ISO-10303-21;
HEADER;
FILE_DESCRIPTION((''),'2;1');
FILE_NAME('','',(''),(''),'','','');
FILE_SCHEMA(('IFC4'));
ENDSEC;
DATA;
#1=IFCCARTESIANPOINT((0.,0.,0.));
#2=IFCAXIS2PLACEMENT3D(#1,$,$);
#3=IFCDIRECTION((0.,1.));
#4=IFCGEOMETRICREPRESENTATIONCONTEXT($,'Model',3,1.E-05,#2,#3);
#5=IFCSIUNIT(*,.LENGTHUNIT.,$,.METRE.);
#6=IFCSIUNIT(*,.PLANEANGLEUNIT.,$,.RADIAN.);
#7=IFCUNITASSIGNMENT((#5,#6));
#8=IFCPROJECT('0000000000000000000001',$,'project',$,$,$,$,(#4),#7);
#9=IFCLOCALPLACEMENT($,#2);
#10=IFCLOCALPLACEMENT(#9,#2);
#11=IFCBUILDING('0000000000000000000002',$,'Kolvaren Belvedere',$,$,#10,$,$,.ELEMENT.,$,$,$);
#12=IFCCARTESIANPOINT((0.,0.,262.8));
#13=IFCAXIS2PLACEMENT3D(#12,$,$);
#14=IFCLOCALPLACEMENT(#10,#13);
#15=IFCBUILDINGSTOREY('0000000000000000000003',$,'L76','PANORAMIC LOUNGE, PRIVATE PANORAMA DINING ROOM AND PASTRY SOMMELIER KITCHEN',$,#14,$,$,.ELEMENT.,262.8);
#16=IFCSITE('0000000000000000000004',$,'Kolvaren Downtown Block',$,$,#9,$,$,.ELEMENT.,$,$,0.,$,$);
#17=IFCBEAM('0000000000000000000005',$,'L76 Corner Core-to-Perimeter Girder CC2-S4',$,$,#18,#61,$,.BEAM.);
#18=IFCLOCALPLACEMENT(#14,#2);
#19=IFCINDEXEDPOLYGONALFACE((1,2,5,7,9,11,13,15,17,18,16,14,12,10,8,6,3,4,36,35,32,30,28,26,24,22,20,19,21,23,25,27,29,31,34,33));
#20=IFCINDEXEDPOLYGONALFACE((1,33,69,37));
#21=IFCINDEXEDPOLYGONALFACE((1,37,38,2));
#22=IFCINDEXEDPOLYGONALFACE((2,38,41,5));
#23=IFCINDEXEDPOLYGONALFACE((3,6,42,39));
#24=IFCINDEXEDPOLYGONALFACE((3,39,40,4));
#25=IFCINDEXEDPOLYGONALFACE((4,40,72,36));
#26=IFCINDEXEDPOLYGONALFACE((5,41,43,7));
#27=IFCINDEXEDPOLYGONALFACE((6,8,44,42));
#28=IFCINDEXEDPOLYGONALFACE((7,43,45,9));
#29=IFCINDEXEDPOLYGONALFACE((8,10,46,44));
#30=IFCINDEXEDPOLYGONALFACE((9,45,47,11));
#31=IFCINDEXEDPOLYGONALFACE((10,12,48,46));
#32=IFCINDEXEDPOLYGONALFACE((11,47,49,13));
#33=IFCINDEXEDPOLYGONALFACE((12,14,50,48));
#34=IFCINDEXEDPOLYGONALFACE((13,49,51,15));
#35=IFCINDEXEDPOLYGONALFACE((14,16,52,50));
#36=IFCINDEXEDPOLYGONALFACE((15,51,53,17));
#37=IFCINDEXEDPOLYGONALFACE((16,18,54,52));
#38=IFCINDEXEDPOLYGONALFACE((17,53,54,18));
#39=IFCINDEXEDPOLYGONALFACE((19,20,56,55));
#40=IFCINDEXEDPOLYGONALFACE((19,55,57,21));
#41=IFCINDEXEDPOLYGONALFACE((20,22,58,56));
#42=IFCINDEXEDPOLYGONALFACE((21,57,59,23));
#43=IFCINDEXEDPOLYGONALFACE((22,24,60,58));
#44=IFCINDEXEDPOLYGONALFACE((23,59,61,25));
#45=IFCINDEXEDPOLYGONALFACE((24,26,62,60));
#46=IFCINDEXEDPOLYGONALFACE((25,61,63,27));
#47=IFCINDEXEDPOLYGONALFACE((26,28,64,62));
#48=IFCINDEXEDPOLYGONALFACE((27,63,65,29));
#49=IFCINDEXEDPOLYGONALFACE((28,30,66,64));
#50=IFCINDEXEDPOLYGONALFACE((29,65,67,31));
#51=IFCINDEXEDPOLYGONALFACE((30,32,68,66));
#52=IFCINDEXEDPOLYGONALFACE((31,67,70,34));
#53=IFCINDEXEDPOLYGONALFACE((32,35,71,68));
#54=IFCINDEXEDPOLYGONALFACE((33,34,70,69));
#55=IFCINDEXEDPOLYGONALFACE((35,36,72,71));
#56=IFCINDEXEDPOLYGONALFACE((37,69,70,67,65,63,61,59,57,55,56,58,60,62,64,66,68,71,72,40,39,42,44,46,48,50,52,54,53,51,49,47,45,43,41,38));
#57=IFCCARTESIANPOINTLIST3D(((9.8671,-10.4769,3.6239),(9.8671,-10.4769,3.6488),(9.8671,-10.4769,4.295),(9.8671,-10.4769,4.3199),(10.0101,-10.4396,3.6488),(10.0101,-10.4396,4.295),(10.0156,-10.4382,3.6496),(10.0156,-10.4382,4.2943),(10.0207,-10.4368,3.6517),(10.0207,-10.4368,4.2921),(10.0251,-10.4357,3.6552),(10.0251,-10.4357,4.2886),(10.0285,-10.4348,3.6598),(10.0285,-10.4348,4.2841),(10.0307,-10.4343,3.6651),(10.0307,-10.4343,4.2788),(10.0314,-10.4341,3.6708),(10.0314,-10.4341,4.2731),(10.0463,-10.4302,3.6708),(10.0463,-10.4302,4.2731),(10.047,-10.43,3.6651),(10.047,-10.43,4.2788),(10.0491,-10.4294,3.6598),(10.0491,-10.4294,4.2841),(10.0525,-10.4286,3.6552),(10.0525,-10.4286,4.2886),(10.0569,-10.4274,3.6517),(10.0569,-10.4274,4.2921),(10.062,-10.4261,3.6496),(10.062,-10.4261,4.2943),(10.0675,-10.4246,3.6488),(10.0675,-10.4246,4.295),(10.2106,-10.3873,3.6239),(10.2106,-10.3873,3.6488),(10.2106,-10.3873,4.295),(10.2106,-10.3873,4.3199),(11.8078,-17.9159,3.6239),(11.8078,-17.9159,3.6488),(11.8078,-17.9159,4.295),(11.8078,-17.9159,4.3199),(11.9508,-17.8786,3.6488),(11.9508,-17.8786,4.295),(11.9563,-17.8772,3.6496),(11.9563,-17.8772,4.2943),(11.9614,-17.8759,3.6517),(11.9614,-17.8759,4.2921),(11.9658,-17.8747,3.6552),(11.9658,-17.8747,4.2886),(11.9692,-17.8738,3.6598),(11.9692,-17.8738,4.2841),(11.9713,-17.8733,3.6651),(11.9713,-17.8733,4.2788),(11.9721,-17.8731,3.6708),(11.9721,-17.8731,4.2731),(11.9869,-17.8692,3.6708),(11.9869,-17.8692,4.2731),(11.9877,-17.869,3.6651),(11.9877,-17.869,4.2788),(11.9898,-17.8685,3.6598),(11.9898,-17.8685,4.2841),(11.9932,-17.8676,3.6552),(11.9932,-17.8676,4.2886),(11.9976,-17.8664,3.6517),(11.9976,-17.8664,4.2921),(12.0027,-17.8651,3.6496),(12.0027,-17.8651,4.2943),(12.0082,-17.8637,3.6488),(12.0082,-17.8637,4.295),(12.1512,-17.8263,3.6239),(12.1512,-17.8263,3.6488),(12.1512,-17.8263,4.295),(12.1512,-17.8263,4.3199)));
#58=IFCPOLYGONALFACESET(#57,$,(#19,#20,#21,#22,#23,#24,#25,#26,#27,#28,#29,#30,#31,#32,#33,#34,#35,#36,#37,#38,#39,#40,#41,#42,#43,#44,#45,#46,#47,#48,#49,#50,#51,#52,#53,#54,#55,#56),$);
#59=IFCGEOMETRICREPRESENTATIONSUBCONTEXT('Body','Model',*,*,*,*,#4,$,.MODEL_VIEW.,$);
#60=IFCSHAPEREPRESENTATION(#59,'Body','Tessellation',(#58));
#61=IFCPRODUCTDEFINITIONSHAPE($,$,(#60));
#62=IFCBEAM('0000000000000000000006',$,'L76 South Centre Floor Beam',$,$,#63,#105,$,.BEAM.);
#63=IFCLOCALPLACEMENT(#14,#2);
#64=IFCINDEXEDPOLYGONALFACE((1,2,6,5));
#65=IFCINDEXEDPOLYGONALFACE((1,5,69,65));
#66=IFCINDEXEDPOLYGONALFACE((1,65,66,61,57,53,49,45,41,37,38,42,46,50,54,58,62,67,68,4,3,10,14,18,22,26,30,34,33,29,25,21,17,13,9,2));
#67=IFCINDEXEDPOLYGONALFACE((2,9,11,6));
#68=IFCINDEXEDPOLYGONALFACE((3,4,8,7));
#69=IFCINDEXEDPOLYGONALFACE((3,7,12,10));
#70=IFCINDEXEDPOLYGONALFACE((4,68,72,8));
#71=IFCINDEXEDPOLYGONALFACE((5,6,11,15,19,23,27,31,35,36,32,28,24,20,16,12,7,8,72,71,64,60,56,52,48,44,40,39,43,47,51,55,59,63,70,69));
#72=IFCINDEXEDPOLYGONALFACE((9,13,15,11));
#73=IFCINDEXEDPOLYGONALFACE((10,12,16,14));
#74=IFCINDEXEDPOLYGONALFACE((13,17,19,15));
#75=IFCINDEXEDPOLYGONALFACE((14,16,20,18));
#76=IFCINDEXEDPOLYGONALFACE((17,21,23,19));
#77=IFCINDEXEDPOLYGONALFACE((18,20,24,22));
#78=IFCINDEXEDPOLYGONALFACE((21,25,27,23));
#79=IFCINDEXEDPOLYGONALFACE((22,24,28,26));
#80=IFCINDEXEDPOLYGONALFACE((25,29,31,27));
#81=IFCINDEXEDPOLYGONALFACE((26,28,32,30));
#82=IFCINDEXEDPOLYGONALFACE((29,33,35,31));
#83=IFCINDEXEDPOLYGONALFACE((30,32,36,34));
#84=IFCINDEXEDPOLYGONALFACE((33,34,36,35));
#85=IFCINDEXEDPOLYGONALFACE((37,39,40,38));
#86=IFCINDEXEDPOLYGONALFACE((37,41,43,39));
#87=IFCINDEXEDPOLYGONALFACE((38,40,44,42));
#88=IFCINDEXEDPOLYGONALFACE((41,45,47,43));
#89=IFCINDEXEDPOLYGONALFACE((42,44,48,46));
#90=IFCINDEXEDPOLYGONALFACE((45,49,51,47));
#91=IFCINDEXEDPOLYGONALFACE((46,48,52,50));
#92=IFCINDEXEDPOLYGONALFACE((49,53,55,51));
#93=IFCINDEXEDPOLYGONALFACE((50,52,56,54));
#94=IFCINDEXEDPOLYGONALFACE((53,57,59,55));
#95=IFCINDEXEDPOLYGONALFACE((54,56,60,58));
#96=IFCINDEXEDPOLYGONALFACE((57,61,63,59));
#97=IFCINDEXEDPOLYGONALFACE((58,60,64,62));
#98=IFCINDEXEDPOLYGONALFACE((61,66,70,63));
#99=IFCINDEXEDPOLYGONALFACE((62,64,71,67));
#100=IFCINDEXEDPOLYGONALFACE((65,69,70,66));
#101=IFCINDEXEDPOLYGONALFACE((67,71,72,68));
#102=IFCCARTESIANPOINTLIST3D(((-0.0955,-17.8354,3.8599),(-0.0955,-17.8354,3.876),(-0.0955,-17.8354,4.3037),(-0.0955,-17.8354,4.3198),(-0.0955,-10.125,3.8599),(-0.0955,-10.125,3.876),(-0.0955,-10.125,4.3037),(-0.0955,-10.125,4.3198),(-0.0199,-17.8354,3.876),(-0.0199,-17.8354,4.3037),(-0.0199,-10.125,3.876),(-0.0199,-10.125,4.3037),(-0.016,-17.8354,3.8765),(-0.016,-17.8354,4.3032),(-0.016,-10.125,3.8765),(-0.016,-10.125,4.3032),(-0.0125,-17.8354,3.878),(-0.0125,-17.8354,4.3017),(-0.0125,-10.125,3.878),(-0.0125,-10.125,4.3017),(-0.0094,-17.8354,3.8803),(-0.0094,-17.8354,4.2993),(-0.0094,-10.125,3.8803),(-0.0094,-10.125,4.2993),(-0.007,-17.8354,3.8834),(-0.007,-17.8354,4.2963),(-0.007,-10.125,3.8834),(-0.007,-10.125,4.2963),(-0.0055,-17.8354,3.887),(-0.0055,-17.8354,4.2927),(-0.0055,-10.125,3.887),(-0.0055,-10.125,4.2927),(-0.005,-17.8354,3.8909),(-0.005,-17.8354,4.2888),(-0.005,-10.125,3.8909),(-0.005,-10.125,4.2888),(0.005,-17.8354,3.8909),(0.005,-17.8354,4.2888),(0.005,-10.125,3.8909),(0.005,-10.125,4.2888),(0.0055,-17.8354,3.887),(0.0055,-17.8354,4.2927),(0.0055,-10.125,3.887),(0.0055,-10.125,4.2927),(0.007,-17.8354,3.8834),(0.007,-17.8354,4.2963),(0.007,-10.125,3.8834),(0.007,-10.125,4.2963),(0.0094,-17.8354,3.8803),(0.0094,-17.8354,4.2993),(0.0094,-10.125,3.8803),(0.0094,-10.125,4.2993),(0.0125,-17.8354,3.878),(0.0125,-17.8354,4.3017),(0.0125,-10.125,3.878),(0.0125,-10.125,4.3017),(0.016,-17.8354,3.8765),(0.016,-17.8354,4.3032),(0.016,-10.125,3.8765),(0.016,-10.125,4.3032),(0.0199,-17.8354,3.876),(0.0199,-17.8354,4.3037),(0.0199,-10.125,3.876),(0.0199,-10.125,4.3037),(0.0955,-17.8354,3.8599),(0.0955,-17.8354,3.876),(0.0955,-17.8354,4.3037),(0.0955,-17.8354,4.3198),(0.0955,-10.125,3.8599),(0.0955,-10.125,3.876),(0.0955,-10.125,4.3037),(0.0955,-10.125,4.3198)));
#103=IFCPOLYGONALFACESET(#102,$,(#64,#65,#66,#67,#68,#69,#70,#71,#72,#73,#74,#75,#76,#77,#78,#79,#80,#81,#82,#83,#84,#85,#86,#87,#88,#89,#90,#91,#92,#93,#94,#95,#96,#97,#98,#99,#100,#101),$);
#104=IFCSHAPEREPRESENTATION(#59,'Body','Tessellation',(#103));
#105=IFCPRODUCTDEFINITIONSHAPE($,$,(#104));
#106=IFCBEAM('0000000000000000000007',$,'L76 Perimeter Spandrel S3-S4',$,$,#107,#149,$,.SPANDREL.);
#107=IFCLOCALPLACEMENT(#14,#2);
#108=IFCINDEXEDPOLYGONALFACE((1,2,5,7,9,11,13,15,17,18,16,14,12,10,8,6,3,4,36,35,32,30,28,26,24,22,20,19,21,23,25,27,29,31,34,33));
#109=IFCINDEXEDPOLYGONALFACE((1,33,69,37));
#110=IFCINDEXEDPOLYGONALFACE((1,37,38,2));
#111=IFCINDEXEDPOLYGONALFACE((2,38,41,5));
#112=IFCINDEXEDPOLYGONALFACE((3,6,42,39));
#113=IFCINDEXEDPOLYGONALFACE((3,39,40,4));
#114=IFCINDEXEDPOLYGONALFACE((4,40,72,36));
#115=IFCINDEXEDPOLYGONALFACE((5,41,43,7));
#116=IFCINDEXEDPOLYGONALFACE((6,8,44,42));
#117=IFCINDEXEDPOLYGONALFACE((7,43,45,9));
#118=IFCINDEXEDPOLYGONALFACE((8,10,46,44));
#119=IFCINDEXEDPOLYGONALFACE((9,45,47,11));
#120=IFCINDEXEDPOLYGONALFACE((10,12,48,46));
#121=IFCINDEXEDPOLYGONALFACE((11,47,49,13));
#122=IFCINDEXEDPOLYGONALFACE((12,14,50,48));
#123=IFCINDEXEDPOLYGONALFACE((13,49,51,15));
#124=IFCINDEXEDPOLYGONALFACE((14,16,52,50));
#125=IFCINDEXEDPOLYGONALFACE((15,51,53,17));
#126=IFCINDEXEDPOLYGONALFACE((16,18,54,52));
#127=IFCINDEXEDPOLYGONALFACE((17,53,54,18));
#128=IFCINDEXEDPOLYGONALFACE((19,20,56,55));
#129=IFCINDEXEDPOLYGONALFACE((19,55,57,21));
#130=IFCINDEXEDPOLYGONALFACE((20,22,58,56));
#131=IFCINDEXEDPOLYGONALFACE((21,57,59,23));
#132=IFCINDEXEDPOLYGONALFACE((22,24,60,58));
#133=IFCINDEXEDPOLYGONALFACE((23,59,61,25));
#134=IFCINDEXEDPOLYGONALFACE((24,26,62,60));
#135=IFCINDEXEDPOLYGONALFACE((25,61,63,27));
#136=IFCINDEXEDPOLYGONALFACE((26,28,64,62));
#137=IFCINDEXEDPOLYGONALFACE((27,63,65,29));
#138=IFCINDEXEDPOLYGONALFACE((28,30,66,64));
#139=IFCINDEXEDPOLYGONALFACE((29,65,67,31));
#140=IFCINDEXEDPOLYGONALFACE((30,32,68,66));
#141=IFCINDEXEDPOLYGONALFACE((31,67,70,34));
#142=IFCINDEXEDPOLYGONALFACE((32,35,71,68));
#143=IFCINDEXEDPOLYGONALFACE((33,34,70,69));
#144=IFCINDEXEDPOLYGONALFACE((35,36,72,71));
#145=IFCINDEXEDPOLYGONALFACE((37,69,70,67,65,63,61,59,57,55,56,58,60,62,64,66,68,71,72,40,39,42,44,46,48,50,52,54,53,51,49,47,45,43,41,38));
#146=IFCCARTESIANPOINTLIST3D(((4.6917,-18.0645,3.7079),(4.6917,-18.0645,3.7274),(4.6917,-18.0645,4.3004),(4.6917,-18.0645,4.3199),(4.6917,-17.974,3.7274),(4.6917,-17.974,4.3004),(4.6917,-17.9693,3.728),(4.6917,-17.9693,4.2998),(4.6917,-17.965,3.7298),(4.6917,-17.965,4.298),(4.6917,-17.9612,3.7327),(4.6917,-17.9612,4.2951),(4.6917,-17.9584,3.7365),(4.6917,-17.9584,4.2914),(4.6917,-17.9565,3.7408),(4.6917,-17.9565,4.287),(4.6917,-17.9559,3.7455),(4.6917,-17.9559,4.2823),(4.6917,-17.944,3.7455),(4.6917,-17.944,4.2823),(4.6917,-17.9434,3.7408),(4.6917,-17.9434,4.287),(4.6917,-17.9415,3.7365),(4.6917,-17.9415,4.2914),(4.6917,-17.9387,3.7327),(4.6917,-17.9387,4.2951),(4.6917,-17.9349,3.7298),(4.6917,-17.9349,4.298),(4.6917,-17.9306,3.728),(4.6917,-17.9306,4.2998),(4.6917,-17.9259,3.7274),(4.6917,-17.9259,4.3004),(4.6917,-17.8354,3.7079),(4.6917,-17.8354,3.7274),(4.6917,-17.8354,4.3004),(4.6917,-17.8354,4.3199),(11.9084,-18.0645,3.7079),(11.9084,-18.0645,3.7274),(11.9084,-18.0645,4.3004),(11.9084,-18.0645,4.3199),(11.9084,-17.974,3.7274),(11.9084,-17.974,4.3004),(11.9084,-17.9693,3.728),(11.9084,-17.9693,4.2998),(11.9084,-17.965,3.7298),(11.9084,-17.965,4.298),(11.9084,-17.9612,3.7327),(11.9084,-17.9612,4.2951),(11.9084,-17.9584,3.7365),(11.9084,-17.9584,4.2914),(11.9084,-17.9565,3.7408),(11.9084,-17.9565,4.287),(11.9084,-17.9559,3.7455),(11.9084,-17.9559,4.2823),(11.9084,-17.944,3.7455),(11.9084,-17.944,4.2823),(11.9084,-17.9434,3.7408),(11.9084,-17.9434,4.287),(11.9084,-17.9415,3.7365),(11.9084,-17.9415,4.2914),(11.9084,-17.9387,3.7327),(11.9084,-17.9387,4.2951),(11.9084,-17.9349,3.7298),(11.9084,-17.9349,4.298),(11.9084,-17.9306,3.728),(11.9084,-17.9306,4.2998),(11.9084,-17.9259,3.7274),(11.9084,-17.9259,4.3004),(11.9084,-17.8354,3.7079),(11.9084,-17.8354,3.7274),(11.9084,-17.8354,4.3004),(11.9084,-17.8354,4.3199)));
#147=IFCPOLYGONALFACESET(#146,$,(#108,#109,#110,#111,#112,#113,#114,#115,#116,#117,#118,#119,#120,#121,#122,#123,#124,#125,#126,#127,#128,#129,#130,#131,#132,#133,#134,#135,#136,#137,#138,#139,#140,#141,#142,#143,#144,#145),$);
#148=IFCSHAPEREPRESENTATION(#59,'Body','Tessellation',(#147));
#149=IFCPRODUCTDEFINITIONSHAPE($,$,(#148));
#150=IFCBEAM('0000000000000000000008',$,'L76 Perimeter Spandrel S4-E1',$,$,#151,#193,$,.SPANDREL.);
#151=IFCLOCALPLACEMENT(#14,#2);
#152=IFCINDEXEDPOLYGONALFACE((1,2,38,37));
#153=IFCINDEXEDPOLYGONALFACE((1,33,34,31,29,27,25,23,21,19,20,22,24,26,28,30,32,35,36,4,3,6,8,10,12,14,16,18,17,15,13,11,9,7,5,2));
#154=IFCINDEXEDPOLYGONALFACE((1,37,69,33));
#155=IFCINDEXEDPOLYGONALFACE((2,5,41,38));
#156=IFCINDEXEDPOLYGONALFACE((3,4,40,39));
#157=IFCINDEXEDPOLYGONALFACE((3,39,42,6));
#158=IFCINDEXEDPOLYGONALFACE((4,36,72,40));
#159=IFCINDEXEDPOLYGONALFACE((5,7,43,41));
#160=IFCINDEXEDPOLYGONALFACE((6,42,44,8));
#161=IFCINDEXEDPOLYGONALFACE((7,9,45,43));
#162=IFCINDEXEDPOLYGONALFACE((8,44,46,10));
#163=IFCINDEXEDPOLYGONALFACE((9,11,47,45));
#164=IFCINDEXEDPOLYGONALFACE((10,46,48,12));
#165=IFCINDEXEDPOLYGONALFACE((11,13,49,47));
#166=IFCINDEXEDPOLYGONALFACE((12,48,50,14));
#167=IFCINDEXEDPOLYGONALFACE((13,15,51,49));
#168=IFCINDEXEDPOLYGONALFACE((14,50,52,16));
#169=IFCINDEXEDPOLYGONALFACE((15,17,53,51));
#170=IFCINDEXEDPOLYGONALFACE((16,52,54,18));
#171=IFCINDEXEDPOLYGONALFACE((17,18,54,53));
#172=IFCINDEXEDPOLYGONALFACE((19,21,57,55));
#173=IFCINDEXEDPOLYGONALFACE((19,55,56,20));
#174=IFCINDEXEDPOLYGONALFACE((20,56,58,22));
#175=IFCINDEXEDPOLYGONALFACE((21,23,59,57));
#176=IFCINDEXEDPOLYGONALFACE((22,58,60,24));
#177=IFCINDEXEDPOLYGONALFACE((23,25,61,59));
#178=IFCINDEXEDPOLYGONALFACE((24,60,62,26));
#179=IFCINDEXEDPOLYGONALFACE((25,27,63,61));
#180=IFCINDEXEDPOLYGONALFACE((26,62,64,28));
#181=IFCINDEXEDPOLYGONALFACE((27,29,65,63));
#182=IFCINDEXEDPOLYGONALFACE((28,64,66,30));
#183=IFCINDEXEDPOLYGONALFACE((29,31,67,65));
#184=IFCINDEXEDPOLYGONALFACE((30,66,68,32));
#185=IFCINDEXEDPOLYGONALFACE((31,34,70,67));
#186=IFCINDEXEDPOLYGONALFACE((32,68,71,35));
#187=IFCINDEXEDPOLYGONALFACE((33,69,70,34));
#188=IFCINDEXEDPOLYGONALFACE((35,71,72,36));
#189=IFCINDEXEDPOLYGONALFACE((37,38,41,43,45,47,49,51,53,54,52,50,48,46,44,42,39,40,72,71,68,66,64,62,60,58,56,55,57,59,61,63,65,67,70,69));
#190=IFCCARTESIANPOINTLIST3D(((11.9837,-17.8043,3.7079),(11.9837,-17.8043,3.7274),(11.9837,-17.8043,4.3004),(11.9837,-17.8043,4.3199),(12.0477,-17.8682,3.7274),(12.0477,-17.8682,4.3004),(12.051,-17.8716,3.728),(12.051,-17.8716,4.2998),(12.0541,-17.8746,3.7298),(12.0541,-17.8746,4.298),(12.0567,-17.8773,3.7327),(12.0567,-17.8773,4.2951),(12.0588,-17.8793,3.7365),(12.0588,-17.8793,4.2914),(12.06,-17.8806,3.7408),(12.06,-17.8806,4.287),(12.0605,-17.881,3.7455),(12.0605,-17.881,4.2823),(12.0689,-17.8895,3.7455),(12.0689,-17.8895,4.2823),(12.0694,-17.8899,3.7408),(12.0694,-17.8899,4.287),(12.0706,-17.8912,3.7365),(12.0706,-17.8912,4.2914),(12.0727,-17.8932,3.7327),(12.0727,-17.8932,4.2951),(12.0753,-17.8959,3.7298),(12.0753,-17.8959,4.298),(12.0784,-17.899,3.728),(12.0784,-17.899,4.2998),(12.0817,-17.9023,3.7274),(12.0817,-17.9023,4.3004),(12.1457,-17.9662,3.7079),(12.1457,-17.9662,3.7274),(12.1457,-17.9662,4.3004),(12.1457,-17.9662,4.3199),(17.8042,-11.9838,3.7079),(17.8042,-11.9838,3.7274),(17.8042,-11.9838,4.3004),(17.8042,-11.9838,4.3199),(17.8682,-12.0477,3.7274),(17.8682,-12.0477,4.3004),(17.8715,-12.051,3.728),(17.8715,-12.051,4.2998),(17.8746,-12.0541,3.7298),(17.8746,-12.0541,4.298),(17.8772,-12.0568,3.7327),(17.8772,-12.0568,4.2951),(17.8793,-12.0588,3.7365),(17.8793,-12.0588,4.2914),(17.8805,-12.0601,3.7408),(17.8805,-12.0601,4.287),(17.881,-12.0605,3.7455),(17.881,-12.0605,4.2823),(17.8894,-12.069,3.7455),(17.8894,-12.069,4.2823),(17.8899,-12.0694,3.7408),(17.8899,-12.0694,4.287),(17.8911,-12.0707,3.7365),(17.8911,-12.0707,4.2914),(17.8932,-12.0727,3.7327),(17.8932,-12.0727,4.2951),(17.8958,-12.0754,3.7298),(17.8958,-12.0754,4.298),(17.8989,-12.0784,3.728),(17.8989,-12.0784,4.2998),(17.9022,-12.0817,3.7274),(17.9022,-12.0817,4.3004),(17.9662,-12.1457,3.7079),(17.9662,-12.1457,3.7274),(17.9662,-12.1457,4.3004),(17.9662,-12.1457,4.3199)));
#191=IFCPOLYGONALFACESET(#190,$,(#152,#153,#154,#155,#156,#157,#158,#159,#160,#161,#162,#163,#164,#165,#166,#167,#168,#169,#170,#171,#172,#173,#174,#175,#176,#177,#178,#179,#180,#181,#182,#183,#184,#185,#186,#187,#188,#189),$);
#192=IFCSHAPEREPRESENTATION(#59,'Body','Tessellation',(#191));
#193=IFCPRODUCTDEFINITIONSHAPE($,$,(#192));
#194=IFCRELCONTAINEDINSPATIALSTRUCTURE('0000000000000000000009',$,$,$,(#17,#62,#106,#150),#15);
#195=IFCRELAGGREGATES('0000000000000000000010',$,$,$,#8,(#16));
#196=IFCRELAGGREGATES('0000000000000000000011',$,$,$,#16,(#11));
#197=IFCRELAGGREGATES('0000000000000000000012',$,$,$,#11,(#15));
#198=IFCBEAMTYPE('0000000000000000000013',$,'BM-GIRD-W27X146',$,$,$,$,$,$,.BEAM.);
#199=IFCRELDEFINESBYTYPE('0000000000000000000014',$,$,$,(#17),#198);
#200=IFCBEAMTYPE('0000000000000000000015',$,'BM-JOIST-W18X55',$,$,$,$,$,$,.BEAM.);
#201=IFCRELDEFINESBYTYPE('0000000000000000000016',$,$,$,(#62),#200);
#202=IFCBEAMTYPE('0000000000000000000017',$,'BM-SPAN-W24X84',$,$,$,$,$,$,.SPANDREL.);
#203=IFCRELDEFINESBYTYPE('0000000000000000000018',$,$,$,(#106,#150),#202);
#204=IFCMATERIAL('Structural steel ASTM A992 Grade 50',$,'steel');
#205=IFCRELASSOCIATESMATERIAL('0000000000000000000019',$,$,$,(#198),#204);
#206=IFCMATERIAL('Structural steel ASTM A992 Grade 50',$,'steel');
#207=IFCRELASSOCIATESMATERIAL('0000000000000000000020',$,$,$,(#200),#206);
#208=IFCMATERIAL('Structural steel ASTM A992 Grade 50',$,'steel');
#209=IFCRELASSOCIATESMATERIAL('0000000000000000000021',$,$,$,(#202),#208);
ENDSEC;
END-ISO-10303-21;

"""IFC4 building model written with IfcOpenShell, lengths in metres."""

from ifc_helpers import new_model, si_unit, direction, frame, origin, origin_2d, place, context, subcontext, project, spatial, i_section, extrude, material, material_profile, profile_set, type_object, element, save


model = new_model("IFC4")

# Units and contexts
model_context = context("Model", 3, precision=1e-05, world=origin(), true_north=direction((0.0, 1.0)))
body_context = subcontext(model_context, "Body", "Model", "MODEL_VIEW")
ifc_project = project(units=[si_unit("LENGTHUNIT", "METRE"), si_unit("PLANEANGLEUNIT", "RADIAN")], contexts=[model_context])

# Site, building, storey
site_placement = place(None, origin())
site = spatial("IfcSite", under=ifc_project, at=site_placement, Name="Kolvaren Downtown Block", CompositionType="ELEMENT", RefElevation=0.0)
building_placement = place(site_placement, origin())
building = spatial("IfcBuilding", under=site, at=building_placement, Name="Kolvaren Belvedere", CompositionType="ELEMENT")
storey_placement = place(building_placement, frame((0.0, 0.0, 262.8)))
storey = spatial("IfcBuildingStorey", under=building, at=storey_placement, Name="L76", Description="PANORAMIC LOUNGE, PRIVATE PANORAMA DINING ROOM AND PASTRY SOMMELIER KITCHEN", CompositionType="ELEMENT", Elevation=262.8)

# Beams
ifc_material_1 = material(Name="Structural steel ASTM A992 Grade 50", Category="steel")
ifc_material_profile_1 = material_profile(ifc_material_1, i_section(OverallWidth=0.355, OverallDepth=0.696, WebThickness=0.0154, FlangeThickness=0.0249, FilletRadius=0.022, at=origin_2d()), Name="W27X146")
ifc_profile_set_1 = profile_set([ifc_material_profile_1], Name="Structural steel ASTM A992 Grade 50")
beam_type_1 = type_object("IfcBeamType", Name="BM-GIRD-W27X146", PredefinedType="BEAM", material=ifc_profile_set_1)
beam_1_placement = place(storey_placement, frame((10.0388, -10.4321, 3.9719), z_axis=(0.252431, -0.967615, 0.0), x_axis=(0.967615, 0.252431, 0.0)))
element("IfcBeam", 1, at=beam_1_placement, inside=storey, type_object=beam_type_1, Name="L76 Corner Core-to-Perimeter Girder CC2-S4", PredefinedType="BEAM", context=body_context, shape_type="SweptSolid", body=[
    extrude(i_section(OverallWidth=0.355, OverallDepth=0.696, WebThickness=0.0154, FlangeThickness=0.0249, FilletRadius=0.022, at=origin_2d()), origin(), (0.0, 0.0, 1.0), 7.688),
])
ifc_material_2 = material(Name="Structural steel ASTM A992 Grade 50", Category="steel")
ifc_material_profile_2 = material_profile(ifc_material_2, i_section(OverallWidth=0.1909, OverallDepth=0.46, WebThickness=0.01, FlangeThickness=0.0161, FilletRadius=0.0149, at=origin_2d()), Name="W18X55")
ifc_profile_set_2 = profile_set([ifc_material_profile_2], Name="Structural steel ASTM A992 Grade 50")
beam_type_2 = type_object("IfcBeamType", Name="BM-JOIST-W18X55", PredefinedType="BEAM", material=ifc_profile_set_2)
beam_2_placement = place(storey_placement, frame((0.0, -10.125, 4.0898), z_axis=(0.0, -1.0, 0.0), x_axis=(1.0, 0.0, 0.0)))
element("IfcBeam", 2, at=beam_2_placement, inside=storey, type_object=beam_type_2, Name="L76 South Centre Floor Beam", PredefinedType="BEAM", context=body_context, shape_type="SweptSolid", body=[
    extrude(i_section(OverallWidth=0.1909, OverallDepth=0.46, WebThickness=0.01, FlangeThickness=0.0161, FilletRadius=0.0149, at=origin_2d()), origin(), (0.0, 0.0, 1.0), 7.7104),
])
ifc_material_3 = material(Name="Structural steel ASTM A992 Grade 50", Category="steel")
ifc_material_profile_3 = material_profile(ifc_material_3, i_section(OverallWidth=0.229, OverallDepth=0.6121, WebThickness=0.012, FlangeThickness=0.0195, FilletRadius=0.0181, at=origin_2d()), Name="W24X84")
ifc_profile_set_3 = profile_set([ifc_material_profile_3], Name="Structural steel ASTM A992 Grade 50")
beam_type_3 = type_object("IfcBeamType", Name="BM-SPAN-W24X84", PredefinedType="SPANDREL", material=ifc_profile_set_3)
beam_3_placement = place(storey_placement, frame((4.6917, -17.95, 4.0139), z_axis=(1.0, 0.0, 0.0), x_axis=(0.0, 1.0, 0.0)))
element("IfcBeam", 3, at=beam_3_placement, inside=storey, type_object=beam_type_3, Name="L76 Perimeter Spandrel S3-S4", PredefinedType="SPANDREL", context=body_context, shape_type="SweptSolid", body=[
    extrude(i_section(OverallWidth=0.229, OverallDepth=0.6121, WebThickness=0.012, FlangeThickness=0.0195, FilletRadius=0.0181, at=origin_2d()), origin(), (0.0, 0.0, 1.0), 7.2168),
])
beam_4_placement = place(storey_placement, frame((12.0647, -17.8853, 4.0139), z_axis=(0.707107, 0.707107, 0.0), x_axis=(-0.707107, 0.707107, 0.0)))
element("IfcBeam", 4, at=beam_4_placement, inside=storey, type_object=beam_type_3, Name="L76 Perimeter Spandrel S4-E1", PredefinedType="SPANDREL", context=body_context, shape_type="SweptSolid", body=[
    extrude(i_section(OverallWidth=0.229, OverallDepth=0.6121, WebThickness=0.012, FlangeThickness=0.0195, FilletRadius=0.0181, at=origin_2d()), origin(), (0.0, 0.0, 1.0), 8.2314),
])

save(model, "model.ifc")
